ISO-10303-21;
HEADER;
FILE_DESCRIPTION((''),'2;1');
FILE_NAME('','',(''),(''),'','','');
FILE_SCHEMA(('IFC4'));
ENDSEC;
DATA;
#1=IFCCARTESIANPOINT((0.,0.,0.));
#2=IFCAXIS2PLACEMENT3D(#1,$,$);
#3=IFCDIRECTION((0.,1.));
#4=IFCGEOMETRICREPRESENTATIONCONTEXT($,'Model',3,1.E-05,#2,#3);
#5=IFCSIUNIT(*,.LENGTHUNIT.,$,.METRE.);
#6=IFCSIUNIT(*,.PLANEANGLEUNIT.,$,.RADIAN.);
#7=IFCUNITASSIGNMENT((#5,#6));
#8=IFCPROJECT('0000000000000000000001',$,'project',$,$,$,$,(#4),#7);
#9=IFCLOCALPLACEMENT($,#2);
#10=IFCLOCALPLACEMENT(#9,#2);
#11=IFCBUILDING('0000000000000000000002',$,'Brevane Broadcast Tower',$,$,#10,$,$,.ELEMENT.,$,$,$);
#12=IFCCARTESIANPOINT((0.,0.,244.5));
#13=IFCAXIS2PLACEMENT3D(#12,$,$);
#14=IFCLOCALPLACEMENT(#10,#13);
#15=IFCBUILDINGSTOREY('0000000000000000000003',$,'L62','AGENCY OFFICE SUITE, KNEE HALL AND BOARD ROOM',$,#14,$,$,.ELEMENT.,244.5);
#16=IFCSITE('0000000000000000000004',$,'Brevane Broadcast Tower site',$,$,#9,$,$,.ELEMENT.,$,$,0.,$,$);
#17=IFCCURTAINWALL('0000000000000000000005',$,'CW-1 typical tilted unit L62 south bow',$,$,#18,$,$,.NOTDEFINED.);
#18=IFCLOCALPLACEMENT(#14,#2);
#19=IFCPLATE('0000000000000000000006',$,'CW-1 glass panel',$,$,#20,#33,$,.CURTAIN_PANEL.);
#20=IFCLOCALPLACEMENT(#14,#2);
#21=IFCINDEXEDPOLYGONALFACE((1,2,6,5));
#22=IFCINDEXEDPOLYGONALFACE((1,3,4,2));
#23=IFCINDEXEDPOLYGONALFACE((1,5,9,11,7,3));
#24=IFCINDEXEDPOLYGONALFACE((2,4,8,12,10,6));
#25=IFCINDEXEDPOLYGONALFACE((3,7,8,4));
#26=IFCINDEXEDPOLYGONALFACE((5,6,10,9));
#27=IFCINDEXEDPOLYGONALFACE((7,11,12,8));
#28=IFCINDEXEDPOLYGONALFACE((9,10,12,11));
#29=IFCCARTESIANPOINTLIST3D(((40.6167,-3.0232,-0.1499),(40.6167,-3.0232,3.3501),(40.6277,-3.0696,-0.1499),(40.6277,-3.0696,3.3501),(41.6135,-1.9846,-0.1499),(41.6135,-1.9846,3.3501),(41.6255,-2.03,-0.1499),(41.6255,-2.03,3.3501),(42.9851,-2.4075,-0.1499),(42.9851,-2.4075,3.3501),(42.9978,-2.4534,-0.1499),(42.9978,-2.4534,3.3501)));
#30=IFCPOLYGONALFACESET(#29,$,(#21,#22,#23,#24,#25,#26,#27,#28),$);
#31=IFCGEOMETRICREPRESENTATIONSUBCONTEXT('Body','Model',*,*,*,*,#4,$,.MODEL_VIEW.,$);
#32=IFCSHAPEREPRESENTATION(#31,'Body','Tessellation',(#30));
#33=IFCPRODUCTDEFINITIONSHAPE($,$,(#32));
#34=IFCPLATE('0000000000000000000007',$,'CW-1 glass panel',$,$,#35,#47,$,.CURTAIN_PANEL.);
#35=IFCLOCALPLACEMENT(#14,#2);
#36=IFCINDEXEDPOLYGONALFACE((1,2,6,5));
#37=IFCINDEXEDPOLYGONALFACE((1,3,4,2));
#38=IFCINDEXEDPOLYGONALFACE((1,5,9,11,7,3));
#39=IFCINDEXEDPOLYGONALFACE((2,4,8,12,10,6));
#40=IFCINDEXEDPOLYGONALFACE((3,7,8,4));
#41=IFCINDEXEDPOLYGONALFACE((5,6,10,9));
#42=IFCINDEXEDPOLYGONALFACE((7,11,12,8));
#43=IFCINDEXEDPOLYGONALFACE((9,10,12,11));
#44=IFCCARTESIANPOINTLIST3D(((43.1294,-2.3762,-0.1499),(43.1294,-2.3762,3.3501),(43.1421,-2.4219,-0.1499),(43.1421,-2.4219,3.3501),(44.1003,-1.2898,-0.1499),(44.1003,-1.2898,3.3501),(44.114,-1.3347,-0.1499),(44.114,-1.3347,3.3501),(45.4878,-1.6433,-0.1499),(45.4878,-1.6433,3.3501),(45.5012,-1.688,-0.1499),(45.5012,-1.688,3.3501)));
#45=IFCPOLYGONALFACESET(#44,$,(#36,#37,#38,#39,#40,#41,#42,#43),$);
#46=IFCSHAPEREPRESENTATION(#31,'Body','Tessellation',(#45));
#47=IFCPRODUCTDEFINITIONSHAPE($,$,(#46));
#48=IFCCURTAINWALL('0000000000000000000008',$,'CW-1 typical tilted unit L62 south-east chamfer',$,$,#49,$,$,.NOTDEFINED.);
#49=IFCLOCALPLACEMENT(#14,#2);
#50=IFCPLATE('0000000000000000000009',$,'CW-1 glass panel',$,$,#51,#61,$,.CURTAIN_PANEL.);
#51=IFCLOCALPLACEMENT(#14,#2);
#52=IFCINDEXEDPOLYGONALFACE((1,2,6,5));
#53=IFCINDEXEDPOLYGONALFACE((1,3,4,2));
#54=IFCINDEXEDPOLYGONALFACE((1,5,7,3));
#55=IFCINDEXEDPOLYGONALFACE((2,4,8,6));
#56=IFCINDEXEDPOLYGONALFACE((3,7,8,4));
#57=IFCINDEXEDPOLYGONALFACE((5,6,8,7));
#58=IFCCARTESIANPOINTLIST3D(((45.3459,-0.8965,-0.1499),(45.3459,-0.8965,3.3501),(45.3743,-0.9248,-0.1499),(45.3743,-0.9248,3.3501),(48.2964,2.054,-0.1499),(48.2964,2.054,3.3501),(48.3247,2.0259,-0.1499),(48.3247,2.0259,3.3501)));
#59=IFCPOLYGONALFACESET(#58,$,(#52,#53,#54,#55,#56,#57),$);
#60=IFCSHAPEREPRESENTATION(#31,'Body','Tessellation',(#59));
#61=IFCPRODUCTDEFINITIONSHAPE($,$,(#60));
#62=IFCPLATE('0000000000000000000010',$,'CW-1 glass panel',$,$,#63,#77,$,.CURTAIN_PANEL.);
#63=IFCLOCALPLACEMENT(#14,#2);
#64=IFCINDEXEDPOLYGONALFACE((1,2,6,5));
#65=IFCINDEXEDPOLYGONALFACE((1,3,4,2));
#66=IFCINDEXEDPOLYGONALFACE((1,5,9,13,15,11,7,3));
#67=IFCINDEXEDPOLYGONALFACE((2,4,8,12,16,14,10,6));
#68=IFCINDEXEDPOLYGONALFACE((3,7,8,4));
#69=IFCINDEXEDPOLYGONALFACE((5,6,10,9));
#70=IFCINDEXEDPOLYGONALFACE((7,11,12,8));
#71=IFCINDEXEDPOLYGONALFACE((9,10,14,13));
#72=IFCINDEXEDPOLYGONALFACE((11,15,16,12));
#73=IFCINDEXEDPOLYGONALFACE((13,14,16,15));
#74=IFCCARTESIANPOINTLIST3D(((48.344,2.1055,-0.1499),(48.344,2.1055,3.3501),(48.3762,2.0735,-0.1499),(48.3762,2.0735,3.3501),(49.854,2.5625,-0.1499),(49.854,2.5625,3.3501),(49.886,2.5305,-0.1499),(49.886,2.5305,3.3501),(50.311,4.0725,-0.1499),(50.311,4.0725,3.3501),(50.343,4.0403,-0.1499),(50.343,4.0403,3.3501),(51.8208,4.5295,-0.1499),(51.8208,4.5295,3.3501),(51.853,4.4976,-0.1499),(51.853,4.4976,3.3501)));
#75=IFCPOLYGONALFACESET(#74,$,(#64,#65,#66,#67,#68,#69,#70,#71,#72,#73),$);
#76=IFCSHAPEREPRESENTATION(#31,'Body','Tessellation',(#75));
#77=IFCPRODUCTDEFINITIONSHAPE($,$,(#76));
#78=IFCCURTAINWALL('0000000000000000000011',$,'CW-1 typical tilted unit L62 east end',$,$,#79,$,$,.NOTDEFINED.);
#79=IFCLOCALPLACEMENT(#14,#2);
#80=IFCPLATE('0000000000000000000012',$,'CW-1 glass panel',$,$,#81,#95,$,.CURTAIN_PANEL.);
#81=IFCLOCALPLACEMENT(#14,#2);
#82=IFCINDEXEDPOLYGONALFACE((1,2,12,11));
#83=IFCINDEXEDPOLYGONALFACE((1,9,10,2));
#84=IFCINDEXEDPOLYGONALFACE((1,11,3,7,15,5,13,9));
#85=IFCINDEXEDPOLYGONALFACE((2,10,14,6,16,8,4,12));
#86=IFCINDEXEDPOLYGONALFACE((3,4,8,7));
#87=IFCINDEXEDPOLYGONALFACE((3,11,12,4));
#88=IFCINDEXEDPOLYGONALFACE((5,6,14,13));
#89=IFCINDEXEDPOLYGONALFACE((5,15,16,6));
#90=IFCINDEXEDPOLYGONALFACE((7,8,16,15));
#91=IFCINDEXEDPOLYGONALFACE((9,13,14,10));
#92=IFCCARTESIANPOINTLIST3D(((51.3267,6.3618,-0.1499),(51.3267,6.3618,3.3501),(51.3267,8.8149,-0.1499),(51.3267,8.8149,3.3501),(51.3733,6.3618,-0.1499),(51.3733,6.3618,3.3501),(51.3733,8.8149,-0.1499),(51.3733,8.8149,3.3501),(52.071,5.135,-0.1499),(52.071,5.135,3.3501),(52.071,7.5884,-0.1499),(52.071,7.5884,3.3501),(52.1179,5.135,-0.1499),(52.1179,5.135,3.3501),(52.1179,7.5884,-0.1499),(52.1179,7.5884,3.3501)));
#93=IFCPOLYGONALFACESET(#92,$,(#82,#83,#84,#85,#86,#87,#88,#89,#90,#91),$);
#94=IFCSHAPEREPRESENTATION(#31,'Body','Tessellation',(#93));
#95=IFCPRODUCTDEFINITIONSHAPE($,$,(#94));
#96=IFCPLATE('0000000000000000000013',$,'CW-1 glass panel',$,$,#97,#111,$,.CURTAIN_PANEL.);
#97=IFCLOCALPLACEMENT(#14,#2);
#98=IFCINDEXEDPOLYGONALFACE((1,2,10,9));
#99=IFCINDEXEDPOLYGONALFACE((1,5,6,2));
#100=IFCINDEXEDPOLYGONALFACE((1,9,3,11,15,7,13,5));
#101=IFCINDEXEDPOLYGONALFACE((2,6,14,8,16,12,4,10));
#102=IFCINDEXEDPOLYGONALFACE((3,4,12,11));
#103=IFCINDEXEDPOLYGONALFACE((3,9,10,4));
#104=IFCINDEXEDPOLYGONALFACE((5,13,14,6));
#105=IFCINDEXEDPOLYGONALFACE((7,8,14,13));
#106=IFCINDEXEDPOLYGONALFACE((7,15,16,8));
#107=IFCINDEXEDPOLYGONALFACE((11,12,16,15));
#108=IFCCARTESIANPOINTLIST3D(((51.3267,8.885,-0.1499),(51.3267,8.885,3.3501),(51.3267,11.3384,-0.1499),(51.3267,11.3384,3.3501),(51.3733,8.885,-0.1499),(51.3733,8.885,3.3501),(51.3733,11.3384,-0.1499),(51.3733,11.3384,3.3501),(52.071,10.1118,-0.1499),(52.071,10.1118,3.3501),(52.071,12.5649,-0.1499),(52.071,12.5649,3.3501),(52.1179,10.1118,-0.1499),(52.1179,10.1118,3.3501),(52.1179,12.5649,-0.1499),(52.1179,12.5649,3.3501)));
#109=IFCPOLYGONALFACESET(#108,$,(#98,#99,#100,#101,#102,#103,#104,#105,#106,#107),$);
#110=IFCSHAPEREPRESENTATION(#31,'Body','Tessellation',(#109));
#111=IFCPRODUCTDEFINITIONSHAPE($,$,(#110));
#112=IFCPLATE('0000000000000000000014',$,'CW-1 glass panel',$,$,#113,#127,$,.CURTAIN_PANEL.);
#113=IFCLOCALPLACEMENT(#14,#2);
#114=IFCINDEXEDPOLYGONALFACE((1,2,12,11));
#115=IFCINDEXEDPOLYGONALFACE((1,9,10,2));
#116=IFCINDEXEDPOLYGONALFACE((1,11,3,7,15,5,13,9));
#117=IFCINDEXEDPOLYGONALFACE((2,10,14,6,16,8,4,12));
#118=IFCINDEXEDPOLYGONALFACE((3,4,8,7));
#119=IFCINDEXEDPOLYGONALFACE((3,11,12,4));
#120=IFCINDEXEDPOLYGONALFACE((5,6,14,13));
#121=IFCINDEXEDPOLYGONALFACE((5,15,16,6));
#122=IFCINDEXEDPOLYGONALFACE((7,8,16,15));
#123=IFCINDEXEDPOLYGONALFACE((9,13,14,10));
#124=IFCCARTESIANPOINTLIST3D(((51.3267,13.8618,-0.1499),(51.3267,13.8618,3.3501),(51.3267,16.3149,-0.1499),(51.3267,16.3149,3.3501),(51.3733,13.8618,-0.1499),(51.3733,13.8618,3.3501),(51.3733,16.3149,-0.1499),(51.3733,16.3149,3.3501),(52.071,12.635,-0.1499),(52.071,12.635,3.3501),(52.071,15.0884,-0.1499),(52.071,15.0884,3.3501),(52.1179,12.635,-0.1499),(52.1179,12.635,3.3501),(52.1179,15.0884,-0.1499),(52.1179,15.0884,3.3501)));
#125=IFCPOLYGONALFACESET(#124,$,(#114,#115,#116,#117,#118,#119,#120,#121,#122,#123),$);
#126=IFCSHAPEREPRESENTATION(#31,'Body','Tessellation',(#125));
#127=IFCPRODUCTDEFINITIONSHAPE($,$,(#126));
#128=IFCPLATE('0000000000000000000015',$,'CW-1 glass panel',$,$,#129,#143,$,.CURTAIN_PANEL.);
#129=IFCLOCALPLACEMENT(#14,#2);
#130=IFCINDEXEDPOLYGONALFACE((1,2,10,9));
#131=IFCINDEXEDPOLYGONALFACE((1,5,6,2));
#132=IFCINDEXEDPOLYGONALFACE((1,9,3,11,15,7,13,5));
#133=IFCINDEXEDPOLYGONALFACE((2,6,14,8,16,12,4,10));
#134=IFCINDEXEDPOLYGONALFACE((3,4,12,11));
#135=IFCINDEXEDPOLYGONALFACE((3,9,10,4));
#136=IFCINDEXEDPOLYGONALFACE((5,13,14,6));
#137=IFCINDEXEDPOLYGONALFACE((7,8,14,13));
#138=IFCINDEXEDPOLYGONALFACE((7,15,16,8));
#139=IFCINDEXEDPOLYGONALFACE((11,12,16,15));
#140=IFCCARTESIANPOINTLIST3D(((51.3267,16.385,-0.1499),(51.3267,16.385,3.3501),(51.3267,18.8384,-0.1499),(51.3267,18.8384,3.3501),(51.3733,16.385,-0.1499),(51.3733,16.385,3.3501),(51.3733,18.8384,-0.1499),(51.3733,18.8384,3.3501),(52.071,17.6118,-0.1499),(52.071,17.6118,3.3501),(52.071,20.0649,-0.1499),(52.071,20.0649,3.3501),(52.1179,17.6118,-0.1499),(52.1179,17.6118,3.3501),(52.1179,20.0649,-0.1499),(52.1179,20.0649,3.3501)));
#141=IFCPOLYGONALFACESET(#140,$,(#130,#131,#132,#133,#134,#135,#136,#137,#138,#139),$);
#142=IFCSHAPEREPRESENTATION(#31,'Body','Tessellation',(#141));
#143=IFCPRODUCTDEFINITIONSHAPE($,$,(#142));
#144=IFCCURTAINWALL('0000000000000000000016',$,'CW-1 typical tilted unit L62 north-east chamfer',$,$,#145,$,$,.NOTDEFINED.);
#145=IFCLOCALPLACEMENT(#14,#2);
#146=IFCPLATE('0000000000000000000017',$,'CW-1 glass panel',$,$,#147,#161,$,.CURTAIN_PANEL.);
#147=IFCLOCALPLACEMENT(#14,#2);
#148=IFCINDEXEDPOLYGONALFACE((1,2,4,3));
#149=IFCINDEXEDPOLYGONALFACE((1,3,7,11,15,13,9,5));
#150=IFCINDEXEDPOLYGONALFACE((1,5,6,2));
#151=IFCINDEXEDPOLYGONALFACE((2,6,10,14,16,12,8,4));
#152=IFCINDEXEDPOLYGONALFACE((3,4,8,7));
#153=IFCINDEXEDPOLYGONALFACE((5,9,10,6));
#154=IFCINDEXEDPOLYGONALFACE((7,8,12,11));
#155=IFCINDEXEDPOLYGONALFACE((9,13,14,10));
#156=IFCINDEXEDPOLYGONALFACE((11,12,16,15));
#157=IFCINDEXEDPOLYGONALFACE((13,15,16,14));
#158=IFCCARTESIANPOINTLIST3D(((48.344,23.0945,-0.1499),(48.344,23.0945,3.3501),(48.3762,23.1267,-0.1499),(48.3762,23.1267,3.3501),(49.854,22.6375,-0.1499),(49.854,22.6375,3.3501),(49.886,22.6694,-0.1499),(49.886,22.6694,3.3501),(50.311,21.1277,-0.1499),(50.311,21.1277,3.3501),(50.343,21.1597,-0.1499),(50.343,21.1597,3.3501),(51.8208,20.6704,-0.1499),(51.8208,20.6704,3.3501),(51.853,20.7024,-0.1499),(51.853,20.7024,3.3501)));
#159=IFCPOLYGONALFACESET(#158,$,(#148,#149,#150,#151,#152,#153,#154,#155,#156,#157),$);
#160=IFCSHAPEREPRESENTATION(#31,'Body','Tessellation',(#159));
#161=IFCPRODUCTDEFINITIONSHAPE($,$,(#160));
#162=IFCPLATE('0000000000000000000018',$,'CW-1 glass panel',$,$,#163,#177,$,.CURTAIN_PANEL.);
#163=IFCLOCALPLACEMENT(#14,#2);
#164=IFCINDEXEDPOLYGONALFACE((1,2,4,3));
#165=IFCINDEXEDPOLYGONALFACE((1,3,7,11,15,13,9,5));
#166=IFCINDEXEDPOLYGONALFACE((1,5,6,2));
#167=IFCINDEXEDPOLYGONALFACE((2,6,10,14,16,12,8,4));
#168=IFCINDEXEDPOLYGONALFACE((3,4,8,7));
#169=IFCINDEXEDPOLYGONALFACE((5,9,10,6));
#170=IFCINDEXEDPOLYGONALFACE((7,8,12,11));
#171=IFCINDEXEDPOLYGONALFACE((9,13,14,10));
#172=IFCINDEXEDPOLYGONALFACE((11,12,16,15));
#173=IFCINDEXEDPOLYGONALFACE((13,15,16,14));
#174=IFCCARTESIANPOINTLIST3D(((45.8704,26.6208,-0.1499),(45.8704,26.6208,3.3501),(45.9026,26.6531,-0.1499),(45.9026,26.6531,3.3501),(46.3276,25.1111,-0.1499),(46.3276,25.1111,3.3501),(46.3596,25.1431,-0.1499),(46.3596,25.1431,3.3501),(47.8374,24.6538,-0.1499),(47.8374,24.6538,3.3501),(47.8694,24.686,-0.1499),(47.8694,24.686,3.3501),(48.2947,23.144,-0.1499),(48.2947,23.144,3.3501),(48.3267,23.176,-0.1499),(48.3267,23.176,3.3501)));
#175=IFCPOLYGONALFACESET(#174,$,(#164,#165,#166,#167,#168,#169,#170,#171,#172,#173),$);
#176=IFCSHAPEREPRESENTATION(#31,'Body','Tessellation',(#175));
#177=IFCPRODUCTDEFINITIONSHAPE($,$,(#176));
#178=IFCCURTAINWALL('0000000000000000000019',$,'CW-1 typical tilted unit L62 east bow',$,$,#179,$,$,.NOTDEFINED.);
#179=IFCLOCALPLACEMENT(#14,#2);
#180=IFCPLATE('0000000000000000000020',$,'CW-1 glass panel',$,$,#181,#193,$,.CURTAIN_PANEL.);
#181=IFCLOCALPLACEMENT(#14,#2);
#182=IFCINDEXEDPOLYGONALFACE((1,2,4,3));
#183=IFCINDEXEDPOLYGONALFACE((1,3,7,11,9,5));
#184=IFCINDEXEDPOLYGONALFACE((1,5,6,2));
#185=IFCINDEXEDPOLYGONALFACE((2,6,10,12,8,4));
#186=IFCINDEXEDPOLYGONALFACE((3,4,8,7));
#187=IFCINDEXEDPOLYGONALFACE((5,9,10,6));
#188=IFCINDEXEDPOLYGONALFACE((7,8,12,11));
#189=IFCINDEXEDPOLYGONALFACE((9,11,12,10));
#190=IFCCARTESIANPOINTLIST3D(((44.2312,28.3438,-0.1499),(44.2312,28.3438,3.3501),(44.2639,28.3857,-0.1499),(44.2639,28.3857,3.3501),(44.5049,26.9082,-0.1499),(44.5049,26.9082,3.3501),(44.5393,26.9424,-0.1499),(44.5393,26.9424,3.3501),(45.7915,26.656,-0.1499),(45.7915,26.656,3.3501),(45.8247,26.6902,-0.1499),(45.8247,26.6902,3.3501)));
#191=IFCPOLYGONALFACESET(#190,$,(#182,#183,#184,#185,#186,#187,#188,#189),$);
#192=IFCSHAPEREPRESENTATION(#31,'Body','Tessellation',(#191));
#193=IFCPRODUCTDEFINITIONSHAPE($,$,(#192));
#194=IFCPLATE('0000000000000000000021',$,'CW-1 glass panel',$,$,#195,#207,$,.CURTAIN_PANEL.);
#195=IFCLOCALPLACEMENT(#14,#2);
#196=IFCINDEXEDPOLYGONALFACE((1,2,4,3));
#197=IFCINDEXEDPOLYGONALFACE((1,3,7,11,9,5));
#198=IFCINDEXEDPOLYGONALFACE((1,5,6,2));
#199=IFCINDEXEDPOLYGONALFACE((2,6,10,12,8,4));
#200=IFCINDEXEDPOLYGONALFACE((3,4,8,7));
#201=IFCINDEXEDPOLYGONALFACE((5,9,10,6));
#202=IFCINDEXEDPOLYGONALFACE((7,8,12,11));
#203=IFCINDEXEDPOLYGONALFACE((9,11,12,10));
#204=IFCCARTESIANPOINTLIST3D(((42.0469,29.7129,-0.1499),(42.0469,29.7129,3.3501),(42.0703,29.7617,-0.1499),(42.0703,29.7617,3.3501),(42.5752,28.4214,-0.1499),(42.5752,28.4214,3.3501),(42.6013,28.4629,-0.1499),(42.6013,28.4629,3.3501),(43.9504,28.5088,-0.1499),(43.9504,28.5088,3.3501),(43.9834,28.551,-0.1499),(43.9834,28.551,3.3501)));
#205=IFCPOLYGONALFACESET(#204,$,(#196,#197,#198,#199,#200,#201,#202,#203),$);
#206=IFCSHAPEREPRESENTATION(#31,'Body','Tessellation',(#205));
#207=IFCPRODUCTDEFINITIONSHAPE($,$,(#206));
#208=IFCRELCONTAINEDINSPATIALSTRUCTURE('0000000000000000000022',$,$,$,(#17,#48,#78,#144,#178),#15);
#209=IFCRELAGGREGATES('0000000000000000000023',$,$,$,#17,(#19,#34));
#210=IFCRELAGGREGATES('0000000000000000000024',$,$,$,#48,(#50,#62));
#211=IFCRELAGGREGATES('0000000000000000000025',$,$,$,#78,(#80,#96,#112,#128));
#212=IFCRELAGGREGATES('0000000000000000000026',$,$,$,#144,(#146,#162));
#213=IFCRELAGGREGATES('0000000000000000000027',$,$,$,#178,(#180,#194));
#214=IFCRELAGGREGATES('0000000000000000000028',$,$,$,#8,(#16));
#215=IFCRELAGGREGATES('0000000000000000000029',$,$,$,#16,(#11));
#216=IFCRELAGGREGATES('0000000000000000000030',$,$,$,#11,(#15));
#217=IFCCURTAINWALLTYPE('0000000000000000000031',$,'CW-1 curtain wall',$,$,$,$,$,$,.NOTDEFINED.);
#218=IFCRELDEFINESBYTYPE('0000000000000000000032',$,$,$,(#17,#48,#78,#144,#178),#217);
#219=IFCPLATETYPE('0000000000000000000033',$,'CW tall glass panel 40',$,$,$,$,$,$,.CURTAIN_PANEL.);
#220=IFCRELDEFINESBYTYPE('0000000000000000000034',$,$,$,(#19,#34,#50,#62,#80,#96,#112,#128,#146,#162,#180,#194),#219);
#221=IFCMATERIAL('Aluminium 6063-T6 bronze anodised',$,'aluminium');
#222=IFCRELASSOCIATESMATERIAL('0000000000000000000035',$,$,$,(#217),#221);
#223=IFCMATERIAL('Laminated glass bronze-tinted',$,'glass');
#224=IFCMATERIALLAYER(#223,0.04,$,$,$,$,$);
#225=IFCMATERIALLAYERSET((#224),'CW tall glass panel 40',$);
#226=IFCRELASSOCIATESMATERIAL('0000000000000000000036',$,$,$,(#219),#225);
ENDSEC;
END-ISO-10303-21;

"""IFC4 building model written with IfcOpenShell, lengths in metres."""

from ifc_helpers import new_model, si_unit, direction, frame, origin, place, context, subcontext, project, spatial, polyline, outline, extrude, material, layer, layer_set, type_object, element, aggregate, save


model = new_model("IFC4")

# Units and contexts
model_context = context("Model", 3, precision=1e-05, world=origin(), true_north=direction((0.0, 1.0)))
body_context = subcontext(model_context, "Body", "Model", "MODEL_VIEW")
ifc_project = project(units=[si_unit("LENGTHUNIT", "METRE"), si_unit("PLANEANGLEUNIT", "RADIAN")], contexts=[model_context])

# Site, building, storey
site_placement = place(None, origin())
site = spatial("IfcSite", under=ifc_project, at=site_placement, Name="Brevane Broadcast Tower site", CompositionType="ELEMENT", RefElevation=0.0)
building_placement = place(site_placement, origin())
building = spatial("IfcBuilding", under=site, at=building_placement, Name="Brevane Broadcast Tower", CompositionType="ELEMENT")
storey_placement = place(building_placement, frame((0.0, 0.0, 244.5)))
storey = spatial("IfcBuildingStorey", under=building, at=storey_placement, Name="L62", Description="AGENCY OFFICE SUITE, KNEE HALL AND BOARD ROOM", CompositionType="ELEMENT", Elevation=244.5)

# Curtain walls, plates
ifc_material_1 = material(Name="Aluminium 6063-T6 bronze anodised", Category="aluminium")
curtain_wall_type = type_object("IfcCurtainWallType", Name="CW-1 curtain wall", PredefinedType="NOTDEFINED", material=ifc_material_1)
curtain_wall_1_placement = place(storey_placement, origin())
curtain_wall_1 = element("IfcCurtainWall", 1, at=curtain_wall_1_placement, inside=storey, type_object=curtain_wall_type, Name="CW-1 typical tilted unit L62 south bow", PredefinedType="NOTDEFINED")
ifc_material_2 = material(Name="Laminated glass bronze-tinted", Category="glass")
ifc_layer = layer(ifc_material_2, 0.04)
ifc_layer_set = layer_set([ifc_layer], Name="CW tall glass panel 40")
plate_type = type_object("IfcPlateType", Name="CW tall glass panel 40", PredefinedType="CURTAIN_PANEL", material=ifc_layer_set)
plate_1_placement = place(storey_placement, frame((0.0, 0.0, -0.1499)))
plate_1 = element("IfcPlate", 2, at=plate_1_placement, type_object=plate_type, Name="CW-1 glass panel", PredefinedType="CURTAIN_PANEL", context=body_context, shape_type="SweptSolid", body=[
    extrude(outline(polyline([(40.6167, -3.0232), (40.6277, -3.0696), (41.6255, -2.03), (42.9978, -2.4534), (42.9851, -2.4075), (41.6135, -1.9846), (40.6167, -3.0232)])), origin(), (0.0, 0.0, 1.0), 3.5),
])
plate_2_placement = place(storey_placement, frame((0.0, 0.0, -0.1499)))
plate_2 = element("IfcPlate", 3, at=plate_2_placement, type_object=plate_type, Name="CW-1 glass panel", PredefinedType="CURTAIN_PANEL", context=body_context, shape_type="SweptSolid", body=[
    extrude(outline(polyline([(43.1294, -2.3762), (43.1421, -2.4219), (44.114, -1.3347), (45.5012, -1.688), (45.4878, -1.6433), (44.1003, -1.2898), (43.1294, -2.3762)])), origin(), (0.0, 0.0, 1.0), 3.5),
])
aggregate(curtain_wall_1, [plate_1, plate_2])
curtain_wall_2_placement = place(storey_placement, origin())
curtain_wall_2 = element("IfcCurtainWall", 4, at=curtain_wall_2_placement, inside=storey, type_object=curtain_wall_type, Name="CW-1 typical tilted unit L62 south-east chamfer", PredefinedType="NOTDEFINED")
plate_3_placement = place(storey_placement, frame((0.0, 0.0, -0.1499)))
plate_3 = element("IfcPlate", 5, at=plate_3_placement, type_object=plate_type, Name="CW-1 glass panel", PredefinedType="CURTAIN_PANEL", context=body_context, shape_type="SweptSolid", body=[
    extrude(outline(polyline([(45.3459, -0.8965), (48.2964, 2.054), (48.3247, 2.0259), (45.3743, -0.9248), (45.3459, -0.8965)])), origin(), (0.0, 0.0, 1.0), 3.5),
])
plate_4_placement = place(storey_placement, frame((0.0, 0.0, -0.1499)))
plate_4 = element("IfcPlate", 6, at=plate_4_placement, type_object=plate_type, Name="CW-1 glass panel", PredefinedType="CURTAIN_PANEL", context=body_context, shape_type="SweptSolid", body=[
    extrude(outline(polyline([(48.344, 2.1055), (48.3762, 2.0735), (49.886, 2.5305), (50.343, 4.0403), (51.853, 4.4976), (51.8208, 4.5295), (50.311, 4.0725), (49.854, 2.5625), (48.344, 2.1055)])), origin(), (0.0, 0.0, 1.0), 3.5),
])
aggregate(curtain_wall_2, [plate_3, plate_4])
curtain_wall_3_placement = place(storey_placement, origin())
curtain_wall_3 = element("IfcCurtainWall", 7, at=curtain_wall_3_placement, inside=storey, type_object=curtain_wall_type, Name="CW-1 typical tilted unit L62 east end", PredefinedType="NOTDEFINED")
plate_5_placement = place(storey_placement, frame((0.0, 0.0, -0.1499)))
plate_5 = element("IfcPlate", 8, at=plate_5_placement, type_object=plate_type, Name="CW-1 glass panel", PredefinedType="CURTAIN_PANEL", context=body_context, shape_type="SweptSolid", body=[
    extrude(outline(polyline([(52.071, 5.135), (52.1179, 5.135), (51.3733, 6.3618), (52.1179, 7.5884), (51.3733, 8.8149), (51.3267, 8.8149), (52.071, 7.5884), (51.3267, 6.3618), (52.071, 5.135)])), origin(), (0.0, 0.0, 1.0), 3.5),
])
plate_6_placement = place(storey_placement, frame((0.0, 0.0, -0.1499)))
plate_6 = element("IfcPlate", 9, at=plate_6_placement, type_object=plate_type, Name="CW-1 glass panel", PredefinedType="CURTAIN_PANEL", context=body_context, shape_type="SweptSolid", body=[
    extrude(outline(polyline([(51.3267, 8.885), (51.3733, 8.885), (52.1179, 10.1118), (51.3733, 11.3384), (52.1179, 12.5649), (52.071, 12.5649), (51.3267, 11.3384), (52.071, 10.1118), (51.3267, 8.885)])), origin(), (0.0, 0.0, 1.0), 3.5),
])
plate_7_placement = place(storey_placement, frame((0.0, 0.0, -0.1499)))
plate_7 = element("IfcPlate", 10, at=plate_7_placement, type_object=plate_type, Name="CW-1 glass panel", PredefinedType="CURTAIN_PANEL", context=body_context, shape_type="SweptSolid", body=[
    extrude(outline(polyline([(52.071, 12.635), (52.1179, 12.635), (51.3733, 13.8618), (52.1179, 15.0884), (51.3733, 16.3149), (51.3267, 16.3149), (52.071, 15.0884), (51.3267, 13.8618), (52.071, 12.635)])), origin(), (0.0, 0.0, 1.0), 3.5),
])
plate_8_placement = place(storey_placement, frame((0.0, 0.0, -0.1499)))
plate_8 = element("IfcPlate", 11, at=plate_8_placement, type_object=plate_type, Name="CW-1 glass panel", PredefinedType="CURTAIN_PANEL", context=body_context, shape_type="SweptSolid", body=[
    extrude(outline(polyline([(51.3267, 16.385), (51.3733, 16.385), (52.1179, 17.6118), (51.3733, 18.8384), (52.1179, 20.0649), (52.071, 20.0649), (51.3267, 18.8384), (52.071, 17.6118), (51.3267, 16.385)])), origin(), (0.0, 0.0, 1.0), 3.5),
])
aggregate(curtain_wall_3, [plate_5, plate_6, plate_7, plate_8])
curtain_wall_4_placement = place(storey_placement, origin())
curtain_wall_4 = element("IfcCurtainWall", 12, at=curtain_wall_4_placement, inside=storey, type_object=curtain_wall_type, Name="CW-1 typical tilted unit L62 north-east chamfer", PredefinedType="NOTDEFINED")
plate_9_placement = place(storey_placement, frame((0.0, 0.0, -0.1499)))
plate_9 = element("IfcPlate", 13, at=plate_9_placement, type_object=plate_type, Name="CW-1 glass panel", PredefinedType="CURTAIN_PANEL", context=body_context, shape_type="SweptSolid", body=[
    extrude(outline(polyline([(51.8208, 20.6704), (51.853, 20.7024), (50.343, 21.1597), (49.886, 22.6694), (48.3762, 23.1267), (48.344, 23.0945), (49.854, 22.6375), (50.311, 21.1277), (51.8208, 20.6704)])), origin(), (0.0, 0.0, 1.0), 3.5),
])
plate_10_placement = place(storey_placement, frame((0.0, 0.0, -0.1499)))
plate_10 = element("IfcPlate", 14, at=plate_10_placement, type_object=plate_type, Name="CW-1 glass panel", PredefinedType="CURTAIN_PANEL", context=body_context, shape_type="SweptSolid", body=[
    extrude(outline(polyline([(48.2947, 23.144), (48.3267, 23.176), (47.8694, 24.686), (46.3596, 25.1431), (45.9026, 26.6531), (45.8704, 26.6208), (46.3276, 25.1111), (47.8374, 24.6538), (48.2947, 23.144)])), origin(), (0.0, 0.0, 1.0), 3.5),
])
aggregate(curtain_wall_4, [plate_9, plate_10])
curtain_wall_5_placement = place(storey_placement, origin())
curtain_wall_5 = element("IfcCurtainWall", 15, at=curtain_wall_5_placement, inside=storey, type_object=curtain_wall_type, Name="CW-1 typical tilted unit L62 east bow", PredefinedType="NOTDEFINED")
plate_11_placement = place(storey_placement, frame((0.0, 0.0, -0.1499)))
plate_11 = element("IfcPlate", 16, at=plate_11_placement, type_object=plate_type, Name="CW-1 glass panel", PredefinedType="CURTAIN_PANEL", context=body_context, shape_type="SweptSolid", body=[
    extrude(outline(polyline([(45.7915, 26.656), (45.8247, 26.6902), (44.5393, 26.9424), (44.2639, 28.3857), (44.2312, 28.3438), (44.5049, 26.9082), (45.7915, 26.656)])), origin(), (0.0, 0.0, 1.0), 3.5),
])
plate_12_placement = place(storey_placement, frame((0.0, 0.0, -0.1499)))
plate_12 = element("IfcPlate", 17, at=plate_12_placement, type_object=plate_type, Name="CW-1 glass panel", PredefinedType="CURTAIN_PANEL", context=body_context, shape_type="SweptSolid", body=[
    extrude(outline(polyline([(43.9504, 28.5088), (43.9834, 28.551), (42.6013, 28.4629), (42.0703, 29.7617), (42.0469, 29.7129), (42.5752, 28.4214), (43.9504, 28.5088)])), origin(), (0.0, 0.0, 1.0), 3.5),
])
aggregate(curtain_wall_5, [plate_11, plate_12])

save(model, "model.ifc")
